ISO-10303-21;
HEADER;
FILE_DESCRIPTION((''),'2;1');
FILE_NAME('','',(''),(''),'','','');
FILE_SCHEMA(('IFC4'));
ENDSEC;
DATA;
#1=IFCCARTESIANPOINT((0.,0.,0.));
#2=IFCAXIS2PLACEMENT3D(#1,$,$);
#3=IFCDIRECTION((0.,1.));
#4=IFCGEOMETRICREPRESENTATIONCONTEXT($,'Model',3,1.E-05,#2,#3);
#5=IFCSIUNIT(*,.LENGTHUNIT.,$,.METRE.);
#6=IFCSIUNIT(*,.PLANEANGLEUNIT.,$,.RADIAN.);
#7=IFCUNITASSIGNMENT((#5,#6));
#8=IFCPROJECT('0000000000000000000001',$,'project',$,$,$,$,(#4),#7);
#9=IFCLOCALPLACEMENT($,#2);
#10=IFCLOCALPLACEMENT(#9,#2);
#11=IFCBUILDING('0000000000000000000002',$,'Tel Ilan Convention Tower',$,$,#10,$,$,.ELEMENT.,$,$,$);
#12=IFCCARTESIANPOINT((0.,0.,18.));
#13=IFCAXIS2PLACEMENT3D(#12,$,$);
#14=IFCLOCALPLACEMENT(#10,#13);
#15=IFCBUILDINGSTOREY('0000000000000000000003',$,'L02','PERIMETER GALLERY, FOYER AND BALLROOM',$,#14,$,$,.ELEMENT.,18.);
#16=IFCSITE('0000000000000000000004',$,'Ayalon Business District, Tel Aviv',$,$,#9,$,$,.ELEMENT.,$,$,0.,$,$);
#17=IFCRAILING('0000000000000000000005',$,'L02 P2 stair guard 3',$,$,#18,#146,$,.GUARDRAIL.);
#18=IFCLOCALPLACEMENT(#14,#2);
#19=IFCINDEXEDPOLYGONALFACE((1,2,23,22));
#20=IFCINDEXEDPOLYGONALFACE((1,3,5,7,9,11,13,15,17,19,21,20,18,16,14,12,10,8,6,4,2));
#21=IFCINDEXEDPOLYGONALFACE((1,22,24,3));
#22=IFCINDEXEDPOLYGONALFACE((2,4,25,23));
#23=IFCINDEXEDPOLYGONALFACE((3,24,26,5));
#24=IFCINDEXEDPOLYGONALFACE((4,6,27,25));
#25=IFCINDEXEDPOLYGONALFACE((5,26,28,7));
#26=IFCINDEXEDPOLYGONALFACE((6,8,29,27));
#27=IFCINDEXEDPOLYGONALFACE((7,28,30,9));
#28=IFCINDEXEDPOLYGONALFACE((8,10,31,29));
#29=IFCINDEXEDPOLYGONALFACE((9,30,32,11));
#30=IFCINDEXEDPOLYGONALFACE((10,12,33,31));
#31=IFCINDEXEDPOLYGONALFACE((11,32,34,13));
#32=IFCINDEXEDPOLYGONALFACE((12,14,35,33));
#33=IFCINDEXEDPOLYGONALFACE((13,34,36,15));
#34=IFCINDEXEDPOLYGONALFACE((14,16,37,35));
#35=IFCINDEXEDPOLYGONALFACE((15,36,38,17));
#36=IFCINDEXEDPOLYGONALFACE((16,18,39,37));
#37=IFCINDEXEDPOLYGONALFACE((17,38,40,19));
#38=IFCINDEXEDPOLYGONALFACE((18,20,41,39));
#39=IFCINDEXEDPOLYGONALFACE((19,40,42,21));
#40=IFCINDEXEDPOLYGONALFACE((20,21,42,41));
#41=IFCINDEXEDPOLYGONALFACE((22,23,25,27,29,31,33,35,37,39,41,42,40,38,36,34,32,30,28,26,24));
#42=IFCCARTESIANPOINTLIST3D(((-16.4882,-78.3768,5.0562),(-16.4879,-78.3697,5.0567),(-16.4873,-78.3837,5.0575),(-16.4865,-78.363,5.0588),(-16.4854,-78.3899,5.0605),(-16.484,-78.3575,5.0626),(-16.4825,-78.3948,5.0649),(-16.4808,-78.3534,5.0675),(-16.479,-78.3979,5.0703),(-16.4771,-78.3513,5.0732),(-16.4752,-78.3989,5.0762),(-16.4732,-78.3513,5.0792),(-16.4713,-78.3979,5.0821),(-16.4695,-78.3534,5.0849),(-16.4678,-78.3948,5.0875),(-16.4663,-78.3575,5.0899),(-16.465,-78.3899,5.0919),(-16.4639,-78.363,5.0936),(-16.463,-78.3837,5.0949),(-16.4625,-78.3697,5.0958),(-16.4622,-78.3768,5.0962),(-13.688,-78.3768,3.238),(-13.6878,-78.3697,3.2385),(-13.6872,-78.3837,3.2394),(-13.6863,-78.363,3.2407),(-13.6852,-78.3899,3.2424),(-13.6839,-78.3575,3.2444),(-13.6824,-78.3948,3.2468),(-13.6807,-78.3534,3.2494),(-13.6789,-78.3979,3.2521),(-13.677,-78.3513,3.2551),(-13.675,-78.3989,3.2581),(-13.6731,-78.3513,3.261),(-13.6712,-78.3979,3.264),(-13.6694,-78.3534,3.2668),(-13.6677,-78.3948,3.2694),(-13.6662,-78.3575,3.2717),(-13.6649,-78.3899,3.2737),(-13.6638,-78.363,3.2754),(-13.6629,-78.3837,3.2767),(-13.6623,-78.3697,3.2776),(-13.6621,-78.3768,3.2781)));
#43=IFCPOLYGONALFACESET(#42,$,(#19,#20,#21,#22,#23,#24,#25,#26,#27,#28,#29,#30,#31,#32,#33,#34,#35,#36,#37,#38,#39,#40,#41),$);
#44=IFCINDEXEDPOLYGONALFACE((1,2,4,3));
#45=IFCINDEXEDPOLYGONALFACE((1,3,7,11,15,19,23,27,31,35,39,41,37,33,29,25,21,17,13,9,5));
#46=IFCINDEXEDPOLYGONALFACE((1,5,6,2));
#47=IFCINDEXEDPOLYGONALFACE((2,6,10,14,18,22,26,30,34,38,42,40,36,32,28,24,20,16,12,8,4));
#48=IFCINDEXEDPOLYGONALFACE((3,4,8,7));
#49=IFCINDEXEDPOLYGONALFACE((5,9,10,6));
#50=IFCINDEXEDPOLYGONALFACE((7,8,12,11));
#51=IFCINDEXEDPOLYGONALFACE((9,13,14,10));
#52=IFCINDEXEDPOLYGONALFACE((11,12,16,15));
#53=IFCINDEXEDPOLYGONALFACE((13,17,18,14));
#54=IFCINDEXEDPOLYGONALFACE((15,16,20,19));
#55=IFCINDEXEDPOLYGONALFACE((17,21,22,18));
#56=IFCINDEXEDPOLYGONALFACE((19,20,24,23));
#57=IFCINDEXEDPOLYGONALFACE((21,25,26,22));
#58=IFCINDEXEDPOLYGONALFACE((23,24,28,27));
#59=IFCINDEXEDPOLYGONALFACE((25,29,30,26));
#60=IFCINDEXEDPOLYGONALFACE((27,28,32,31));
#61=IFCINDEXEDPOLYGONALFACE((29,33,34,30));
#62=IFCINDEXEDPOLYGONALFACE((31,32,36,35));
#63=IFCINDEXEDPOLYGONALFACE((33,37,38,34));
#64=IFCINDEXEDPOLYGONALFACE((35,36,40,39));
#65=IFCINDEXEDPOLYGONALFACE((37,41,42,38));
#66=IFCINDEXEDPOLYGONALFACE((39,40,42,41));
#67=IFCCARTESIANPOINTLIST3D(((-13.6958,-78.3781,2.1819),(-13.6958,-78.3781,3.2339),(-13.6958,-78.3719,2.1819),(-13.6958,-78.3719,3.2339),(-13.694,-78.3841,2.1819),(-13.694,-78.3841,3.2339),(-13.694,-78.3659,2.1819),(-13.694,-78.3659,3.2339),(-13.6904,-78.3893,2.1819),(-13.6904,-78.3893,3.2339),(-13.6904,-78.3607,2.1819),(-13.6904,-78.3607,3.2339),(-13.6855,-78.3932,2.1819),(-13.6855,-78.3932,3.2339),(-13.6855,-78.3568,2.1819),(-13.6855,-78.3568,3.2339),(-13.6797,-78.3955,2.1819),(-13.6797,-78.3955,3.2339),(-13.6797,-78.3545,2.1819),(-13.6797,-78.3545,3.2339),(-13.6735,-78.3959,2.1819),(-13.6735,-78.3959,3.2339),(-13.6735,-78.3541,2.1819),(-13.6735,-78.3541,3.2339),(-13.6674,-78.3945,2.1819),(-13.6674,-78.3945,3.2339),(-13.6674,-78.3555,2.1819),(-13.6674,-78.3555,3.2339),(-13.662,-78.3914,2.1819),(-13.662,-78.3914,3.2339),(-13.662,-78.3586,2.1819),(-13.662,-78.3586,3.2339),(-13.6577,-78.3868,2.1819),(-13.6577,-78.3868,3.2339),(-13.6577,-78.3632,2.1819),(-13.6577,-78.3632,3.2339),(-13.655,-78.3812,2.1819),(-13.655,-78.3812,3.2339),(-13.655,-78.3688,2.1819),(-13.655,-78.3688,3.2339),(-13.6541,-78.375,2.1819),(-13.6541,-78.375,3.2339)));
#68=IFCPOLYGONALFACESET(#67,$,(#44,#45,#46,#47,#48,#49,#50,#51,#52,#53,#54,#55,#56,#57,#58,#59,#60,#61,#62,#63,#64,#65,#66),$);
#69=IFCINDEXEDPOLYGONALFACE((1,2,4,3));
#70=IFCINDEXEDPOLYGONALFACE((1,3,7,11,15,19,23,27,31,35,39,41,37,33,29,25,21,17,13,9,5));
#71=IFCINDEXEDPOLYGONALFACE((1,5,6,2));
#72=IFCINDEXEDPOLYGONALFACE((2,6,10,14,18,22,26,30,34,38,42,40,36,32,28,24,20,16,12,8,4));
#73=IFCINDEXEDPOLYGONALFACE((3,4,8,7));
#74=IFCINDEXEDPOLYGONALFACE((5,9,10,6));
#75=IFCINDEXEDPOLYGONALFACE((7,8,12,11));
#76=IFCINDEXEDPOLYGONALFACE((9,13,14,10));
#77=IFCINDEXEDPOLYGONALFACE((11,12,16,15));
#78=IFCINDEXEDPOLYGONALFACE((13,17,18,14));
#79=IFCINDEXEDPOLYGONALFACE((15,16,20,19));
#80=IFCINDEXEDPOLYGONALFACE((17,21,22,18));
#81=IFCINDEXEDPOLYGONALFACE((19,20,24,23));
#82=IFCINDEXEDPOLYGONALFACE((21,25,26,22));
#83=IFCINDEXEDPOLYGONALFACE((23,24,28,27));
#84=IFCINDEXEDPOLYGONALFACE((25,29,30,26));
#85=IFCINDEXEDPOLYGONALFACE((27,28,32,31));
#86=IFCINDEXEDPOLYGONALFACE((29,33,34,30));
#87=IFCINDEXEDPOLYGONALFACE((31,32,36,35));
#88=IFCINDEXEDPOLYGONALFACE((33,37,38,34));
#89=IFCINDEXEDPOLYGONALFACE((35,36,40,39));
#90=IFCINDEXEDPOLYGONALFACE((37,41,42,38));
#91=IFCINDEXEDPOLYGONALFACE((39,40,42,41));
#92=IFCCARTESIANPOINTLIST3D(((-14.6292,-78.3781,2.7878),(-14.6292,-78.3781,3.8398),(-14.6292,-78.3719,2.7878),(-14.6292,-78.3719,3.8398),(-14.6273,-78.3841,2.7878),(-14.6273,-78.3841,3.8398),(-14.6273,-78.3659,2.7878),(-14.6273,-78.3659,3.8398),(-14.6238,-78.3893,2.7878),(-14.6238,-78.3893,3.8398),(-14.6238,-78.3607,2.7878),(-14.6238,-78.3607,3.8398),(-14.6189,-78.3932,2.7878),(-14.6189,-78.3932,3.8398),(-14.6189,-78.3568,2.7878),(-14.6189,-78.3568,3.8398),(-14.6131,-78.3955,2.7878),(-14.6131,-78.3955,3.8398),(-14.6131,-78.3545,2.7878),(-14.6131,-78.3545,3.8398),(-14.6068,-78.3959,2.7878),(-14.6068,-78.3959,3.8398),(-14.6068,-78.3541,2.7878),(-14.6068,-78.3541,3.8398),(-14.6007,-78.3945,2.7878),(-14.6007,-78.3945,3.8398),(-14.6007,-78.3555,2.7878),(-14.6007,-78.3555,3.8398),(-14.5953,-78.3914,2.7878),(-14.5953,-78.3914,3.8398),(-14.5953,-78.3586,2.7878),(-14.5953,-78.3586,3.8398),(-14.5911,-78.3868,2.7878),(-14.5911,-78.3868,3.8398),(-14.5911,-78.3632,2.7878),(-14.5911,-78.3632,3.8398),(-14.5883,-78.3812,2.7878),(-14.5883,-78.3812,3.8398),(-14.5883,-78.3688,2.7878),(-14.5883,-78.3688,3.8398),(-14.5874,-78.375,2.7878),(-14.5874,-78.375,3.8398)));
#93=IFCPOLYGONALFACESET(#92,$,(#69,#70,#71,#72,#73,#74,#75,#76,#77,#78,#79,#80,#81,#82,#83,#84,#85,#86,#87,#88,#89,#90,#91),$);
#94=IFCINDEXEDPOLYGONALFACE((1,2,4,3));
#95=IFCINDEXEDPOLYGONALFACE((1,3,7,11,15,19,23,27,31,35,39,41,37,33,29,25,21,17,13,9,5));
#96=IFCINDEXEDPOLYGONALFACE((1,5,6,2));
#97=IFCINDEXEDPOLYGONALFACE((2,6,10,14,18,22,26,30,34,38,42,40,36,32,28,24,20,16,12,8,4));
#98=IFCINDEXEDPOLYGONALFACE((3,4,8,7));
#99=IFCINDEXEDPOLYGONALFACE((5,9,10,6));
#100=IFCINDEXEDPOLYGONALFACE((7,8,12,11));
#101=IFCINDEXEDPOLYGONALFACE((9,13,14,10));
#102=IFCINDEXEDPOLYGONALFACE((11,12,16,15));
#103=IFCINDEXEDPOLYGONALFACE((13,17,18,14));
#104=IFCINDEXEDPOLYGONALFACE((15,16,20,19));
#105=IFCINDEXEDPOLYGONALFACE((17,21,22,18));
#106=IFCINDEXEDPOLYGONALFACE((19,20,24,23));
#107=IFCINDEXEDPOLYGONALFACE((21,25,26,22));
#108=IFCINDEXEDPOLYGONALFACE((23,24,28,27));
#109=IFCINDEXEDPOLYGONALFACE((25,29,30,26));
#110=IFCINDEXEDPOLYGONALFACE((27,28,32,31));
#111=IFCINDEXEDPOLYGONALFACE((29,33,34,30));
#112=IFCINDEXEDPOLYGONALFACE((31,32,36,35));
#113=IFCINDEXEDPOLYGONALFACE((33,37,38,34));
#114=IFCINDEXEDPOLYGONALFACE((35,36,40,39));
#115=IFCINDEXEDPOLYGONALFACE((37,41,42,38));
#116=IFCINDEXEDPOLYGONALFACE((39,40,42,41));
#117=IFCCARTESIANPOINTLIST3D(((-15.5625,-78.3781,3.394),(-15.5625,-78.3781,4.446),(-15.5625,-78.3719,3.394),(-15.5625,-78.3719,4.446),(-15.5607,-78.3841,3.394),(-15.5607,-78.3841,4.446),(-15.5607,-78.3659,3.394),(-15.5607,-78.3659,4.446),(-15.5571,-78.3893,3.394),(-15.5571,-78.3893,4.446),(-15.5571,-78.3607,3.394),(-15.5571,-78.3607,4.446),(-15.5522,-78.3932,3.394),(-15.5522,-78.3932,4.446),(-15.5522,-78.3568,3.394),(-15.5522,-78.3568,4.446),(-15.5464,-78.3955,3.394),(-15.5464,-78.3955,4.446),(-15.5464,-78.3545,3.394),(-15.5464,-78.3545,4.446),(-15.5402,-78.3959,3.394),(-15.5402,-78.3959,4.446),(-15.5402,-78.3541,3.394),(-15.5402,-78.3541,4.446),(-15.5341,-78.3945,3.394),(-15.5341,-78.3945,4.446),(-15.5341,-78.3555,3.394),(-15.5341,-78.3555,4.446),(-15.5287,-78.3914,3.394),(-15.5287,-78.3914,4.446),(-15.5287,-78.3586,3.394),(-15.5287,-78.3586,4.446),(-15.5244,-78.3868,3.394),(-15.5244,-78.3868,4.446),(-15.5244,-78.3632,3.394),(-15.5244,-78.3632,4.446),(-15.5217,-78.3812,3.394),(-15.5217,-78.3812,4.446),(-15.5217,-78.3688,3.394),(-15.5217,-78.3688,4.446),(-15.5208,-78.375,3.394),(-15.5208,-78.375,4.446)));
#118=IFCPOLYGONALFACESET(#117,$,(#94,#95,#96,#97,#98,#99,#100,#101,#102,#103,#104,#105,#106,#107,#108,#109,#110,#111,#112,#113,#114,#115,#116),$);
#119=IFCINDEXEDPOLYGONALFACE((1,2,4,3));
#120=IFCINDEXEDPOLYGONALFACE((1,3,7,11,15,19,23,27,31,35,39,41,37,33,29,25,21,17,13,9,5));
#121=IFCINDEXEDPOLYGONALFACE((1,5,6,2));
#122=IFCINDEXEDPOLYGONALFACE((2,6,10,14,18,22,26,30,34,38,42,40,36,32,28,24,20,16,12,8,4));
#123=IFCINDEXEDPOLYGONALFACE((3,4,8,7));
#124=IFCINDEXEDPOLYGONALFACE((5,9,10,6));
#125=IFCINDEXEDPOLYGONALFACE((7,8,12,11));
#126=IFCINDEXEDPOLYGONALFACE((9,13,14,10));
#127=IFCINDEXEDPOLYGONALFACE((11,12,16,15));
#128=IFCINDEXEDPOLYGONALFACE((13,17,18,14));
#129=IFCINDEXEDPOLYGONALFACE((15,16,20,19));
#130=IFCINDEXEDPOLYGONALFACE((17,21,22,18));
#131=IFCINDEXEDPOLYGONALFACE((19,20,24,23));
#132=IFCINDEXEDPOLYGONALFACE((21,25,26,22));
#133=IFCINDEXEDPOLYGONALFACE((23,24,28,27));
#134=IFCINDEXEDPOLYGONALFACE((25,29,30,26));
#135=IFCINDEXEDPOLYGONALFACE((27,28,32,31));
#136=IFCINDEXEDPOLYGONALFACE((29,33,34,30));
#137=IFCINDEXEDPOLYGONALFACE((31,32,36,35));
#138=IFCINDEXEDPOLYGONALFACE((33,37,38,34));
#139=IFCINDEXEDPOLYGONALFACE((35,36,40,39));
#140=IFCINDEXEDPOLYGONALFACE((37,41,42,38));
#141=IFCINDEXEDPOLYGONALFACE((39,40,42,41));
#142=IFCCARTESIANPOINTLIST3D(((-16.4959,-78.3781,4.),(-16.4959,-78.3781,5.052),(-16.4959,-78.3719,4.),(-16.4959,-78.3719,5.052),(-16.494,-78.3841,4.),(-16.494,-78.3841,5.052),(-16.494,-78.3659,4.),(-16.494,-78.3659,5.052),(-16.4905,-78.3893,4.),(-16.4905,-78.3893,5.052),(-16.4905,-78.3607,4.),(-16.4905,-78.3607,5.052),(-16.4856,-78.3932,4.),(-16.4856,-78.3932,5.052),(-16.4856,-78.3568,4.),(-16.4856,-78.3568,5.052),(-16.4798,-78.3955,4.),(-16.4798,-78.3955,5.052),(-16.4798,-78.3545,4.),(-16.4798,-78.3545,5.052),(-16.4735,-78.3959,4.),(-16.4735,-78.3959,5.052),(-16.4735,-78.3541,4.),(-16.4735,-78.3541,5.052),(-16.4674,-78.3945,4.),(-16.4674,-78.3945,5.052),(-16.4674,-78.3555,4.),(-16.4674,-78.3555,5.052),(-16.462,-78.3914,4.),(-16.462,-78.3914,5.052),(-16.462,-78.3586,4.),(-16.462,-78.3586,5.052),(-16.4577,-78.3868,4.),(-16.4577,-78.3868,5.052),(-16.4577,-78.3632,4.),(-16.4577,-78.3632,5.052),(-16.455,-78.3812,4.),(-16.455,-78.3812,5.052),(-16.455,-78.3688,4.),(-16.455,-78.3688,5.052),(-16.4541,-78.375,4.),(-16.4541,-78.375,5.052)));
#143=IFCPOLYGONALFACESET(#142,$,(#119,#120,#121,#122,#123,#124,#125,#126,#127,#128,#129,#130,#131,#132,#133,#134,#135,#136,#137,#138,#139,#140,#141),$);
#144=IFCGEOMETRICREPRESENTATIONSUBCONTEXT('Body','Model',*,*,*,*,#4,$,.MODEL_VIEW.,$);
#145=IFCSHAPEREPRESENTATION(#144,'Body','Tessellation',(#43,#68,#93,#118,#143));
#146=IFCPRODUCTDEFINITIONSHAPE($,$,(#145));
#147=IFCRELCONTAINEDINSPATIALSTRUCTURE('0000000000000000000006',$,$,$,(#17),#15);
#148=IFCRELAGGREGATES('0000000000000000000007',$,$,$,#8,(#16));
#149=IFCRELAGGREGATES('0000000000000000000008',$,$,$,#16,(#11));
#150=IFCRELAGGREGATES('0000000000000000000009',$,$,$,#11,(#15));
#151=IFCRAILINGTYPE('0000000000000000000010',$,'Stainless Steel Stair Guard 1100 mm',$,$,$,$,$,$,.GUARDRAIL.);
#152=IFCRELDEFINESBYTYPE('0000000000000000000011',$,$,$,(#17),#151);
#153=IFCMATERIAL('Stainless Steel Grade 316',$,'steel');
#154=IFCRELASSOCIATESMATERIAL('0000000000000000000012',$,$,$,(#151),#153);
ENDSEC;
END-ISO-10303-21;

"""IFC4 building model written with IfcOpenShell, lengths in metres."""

from ifc_helpers import new_model, si_unit, direction, frame, origin, origin_2d, place, context, subcontext, project, spatial, circle, extrude, material, type_object, element, save


model = new_model("IFC4")

# Units and contexts
model_context = context("Model", 3, precision=1e-05, world=origin(), true_north=direction((0.0, 1.0)))
body_context = subcontext(model_context, "Body", "Model", "MODEL_VIEW")
ifc_project = project(units=[si_unit("LENGTHUNIT", "METRE"), si_unit("PLANEANGLEUNIT", "RADIAN")], contexts=[model_context])

# Site, building, storey
site_placement = place(None, origin())
site = spatial("IfcSite", under=ifc_project, at=site_placement, Name="Ayalon Business District, Tel Aviv", CompositionType="ELEMENT", RefElevation=0.0)
building_placement = place(site_placement, origin())
building = spatial("IfcBuilding", under=site, at=building_placement, Name="Tel Ilan Convention Tower", CompositionType="ELEMENT")
storey_placement = place(building_placement, frame((0.0, 0.0, 18.0)))
storey = spatial("IfcBuildingStorey", under=building, at=storey_placement, Name="L02", Description="PERIMETER GALLERY, FOYER AND BALLROOM", CompositionType="ELEMENT", Elevation=18.0)

# Railing
ifc_material_1 = material(Name="Stainless Steel Grade 316", Category="steel")
railing_type_1 = type_object("IfcRailingType", Name="Stainless Steel Stair Guard 1100 mm", PredefinedType="GUARDRAIL", material=ifc_material_1)
railing_1_placement = place(storey_placement, frame((-13.675, -78.375, 2.1819)))
element("IfcRailing", 1, at=railing_1_placement, inside=storey, type_object=railing_type_1, Name="L02 P2 stair guard 3", PredefinedType="GUARDRAIL", context=body_context, shape_type="SweptSolid", body=[
    extrude(circle(Radius=0.0239, at=origin_2d()), frame((0.0, 0.0, 1.0762), z_axis=(-0.838706, 0.0, 0.544585), x_axis=(0.0, -1.0, 0.0)), (0.0, 0.0, 1.0), 3.3386),
    extrude(circle(Radius=0.021, at=origin_2d()), origin(), (0.0, 0.0, 1.0), 1.052),
    extrude(circle(Radius=0.021, at=origin_2d()), frame((-0.9333, 0.0, 0.606)), (0.0, 0.0, 1.0), 1.052),
    extrude(circle(Radius=0.021, at=origin_2d()), frame((-1.8667, 0.0, 1.2122)), (0.0, 0.0, 1.0), 1.052),
    extrude(circle(Radius=0.021, at=origin_2d()), frame((-2.8, 0.0, 1.8181)), (0.0, 0.0, 1.0), 1.052),
])

save(model, "model.ifc")
